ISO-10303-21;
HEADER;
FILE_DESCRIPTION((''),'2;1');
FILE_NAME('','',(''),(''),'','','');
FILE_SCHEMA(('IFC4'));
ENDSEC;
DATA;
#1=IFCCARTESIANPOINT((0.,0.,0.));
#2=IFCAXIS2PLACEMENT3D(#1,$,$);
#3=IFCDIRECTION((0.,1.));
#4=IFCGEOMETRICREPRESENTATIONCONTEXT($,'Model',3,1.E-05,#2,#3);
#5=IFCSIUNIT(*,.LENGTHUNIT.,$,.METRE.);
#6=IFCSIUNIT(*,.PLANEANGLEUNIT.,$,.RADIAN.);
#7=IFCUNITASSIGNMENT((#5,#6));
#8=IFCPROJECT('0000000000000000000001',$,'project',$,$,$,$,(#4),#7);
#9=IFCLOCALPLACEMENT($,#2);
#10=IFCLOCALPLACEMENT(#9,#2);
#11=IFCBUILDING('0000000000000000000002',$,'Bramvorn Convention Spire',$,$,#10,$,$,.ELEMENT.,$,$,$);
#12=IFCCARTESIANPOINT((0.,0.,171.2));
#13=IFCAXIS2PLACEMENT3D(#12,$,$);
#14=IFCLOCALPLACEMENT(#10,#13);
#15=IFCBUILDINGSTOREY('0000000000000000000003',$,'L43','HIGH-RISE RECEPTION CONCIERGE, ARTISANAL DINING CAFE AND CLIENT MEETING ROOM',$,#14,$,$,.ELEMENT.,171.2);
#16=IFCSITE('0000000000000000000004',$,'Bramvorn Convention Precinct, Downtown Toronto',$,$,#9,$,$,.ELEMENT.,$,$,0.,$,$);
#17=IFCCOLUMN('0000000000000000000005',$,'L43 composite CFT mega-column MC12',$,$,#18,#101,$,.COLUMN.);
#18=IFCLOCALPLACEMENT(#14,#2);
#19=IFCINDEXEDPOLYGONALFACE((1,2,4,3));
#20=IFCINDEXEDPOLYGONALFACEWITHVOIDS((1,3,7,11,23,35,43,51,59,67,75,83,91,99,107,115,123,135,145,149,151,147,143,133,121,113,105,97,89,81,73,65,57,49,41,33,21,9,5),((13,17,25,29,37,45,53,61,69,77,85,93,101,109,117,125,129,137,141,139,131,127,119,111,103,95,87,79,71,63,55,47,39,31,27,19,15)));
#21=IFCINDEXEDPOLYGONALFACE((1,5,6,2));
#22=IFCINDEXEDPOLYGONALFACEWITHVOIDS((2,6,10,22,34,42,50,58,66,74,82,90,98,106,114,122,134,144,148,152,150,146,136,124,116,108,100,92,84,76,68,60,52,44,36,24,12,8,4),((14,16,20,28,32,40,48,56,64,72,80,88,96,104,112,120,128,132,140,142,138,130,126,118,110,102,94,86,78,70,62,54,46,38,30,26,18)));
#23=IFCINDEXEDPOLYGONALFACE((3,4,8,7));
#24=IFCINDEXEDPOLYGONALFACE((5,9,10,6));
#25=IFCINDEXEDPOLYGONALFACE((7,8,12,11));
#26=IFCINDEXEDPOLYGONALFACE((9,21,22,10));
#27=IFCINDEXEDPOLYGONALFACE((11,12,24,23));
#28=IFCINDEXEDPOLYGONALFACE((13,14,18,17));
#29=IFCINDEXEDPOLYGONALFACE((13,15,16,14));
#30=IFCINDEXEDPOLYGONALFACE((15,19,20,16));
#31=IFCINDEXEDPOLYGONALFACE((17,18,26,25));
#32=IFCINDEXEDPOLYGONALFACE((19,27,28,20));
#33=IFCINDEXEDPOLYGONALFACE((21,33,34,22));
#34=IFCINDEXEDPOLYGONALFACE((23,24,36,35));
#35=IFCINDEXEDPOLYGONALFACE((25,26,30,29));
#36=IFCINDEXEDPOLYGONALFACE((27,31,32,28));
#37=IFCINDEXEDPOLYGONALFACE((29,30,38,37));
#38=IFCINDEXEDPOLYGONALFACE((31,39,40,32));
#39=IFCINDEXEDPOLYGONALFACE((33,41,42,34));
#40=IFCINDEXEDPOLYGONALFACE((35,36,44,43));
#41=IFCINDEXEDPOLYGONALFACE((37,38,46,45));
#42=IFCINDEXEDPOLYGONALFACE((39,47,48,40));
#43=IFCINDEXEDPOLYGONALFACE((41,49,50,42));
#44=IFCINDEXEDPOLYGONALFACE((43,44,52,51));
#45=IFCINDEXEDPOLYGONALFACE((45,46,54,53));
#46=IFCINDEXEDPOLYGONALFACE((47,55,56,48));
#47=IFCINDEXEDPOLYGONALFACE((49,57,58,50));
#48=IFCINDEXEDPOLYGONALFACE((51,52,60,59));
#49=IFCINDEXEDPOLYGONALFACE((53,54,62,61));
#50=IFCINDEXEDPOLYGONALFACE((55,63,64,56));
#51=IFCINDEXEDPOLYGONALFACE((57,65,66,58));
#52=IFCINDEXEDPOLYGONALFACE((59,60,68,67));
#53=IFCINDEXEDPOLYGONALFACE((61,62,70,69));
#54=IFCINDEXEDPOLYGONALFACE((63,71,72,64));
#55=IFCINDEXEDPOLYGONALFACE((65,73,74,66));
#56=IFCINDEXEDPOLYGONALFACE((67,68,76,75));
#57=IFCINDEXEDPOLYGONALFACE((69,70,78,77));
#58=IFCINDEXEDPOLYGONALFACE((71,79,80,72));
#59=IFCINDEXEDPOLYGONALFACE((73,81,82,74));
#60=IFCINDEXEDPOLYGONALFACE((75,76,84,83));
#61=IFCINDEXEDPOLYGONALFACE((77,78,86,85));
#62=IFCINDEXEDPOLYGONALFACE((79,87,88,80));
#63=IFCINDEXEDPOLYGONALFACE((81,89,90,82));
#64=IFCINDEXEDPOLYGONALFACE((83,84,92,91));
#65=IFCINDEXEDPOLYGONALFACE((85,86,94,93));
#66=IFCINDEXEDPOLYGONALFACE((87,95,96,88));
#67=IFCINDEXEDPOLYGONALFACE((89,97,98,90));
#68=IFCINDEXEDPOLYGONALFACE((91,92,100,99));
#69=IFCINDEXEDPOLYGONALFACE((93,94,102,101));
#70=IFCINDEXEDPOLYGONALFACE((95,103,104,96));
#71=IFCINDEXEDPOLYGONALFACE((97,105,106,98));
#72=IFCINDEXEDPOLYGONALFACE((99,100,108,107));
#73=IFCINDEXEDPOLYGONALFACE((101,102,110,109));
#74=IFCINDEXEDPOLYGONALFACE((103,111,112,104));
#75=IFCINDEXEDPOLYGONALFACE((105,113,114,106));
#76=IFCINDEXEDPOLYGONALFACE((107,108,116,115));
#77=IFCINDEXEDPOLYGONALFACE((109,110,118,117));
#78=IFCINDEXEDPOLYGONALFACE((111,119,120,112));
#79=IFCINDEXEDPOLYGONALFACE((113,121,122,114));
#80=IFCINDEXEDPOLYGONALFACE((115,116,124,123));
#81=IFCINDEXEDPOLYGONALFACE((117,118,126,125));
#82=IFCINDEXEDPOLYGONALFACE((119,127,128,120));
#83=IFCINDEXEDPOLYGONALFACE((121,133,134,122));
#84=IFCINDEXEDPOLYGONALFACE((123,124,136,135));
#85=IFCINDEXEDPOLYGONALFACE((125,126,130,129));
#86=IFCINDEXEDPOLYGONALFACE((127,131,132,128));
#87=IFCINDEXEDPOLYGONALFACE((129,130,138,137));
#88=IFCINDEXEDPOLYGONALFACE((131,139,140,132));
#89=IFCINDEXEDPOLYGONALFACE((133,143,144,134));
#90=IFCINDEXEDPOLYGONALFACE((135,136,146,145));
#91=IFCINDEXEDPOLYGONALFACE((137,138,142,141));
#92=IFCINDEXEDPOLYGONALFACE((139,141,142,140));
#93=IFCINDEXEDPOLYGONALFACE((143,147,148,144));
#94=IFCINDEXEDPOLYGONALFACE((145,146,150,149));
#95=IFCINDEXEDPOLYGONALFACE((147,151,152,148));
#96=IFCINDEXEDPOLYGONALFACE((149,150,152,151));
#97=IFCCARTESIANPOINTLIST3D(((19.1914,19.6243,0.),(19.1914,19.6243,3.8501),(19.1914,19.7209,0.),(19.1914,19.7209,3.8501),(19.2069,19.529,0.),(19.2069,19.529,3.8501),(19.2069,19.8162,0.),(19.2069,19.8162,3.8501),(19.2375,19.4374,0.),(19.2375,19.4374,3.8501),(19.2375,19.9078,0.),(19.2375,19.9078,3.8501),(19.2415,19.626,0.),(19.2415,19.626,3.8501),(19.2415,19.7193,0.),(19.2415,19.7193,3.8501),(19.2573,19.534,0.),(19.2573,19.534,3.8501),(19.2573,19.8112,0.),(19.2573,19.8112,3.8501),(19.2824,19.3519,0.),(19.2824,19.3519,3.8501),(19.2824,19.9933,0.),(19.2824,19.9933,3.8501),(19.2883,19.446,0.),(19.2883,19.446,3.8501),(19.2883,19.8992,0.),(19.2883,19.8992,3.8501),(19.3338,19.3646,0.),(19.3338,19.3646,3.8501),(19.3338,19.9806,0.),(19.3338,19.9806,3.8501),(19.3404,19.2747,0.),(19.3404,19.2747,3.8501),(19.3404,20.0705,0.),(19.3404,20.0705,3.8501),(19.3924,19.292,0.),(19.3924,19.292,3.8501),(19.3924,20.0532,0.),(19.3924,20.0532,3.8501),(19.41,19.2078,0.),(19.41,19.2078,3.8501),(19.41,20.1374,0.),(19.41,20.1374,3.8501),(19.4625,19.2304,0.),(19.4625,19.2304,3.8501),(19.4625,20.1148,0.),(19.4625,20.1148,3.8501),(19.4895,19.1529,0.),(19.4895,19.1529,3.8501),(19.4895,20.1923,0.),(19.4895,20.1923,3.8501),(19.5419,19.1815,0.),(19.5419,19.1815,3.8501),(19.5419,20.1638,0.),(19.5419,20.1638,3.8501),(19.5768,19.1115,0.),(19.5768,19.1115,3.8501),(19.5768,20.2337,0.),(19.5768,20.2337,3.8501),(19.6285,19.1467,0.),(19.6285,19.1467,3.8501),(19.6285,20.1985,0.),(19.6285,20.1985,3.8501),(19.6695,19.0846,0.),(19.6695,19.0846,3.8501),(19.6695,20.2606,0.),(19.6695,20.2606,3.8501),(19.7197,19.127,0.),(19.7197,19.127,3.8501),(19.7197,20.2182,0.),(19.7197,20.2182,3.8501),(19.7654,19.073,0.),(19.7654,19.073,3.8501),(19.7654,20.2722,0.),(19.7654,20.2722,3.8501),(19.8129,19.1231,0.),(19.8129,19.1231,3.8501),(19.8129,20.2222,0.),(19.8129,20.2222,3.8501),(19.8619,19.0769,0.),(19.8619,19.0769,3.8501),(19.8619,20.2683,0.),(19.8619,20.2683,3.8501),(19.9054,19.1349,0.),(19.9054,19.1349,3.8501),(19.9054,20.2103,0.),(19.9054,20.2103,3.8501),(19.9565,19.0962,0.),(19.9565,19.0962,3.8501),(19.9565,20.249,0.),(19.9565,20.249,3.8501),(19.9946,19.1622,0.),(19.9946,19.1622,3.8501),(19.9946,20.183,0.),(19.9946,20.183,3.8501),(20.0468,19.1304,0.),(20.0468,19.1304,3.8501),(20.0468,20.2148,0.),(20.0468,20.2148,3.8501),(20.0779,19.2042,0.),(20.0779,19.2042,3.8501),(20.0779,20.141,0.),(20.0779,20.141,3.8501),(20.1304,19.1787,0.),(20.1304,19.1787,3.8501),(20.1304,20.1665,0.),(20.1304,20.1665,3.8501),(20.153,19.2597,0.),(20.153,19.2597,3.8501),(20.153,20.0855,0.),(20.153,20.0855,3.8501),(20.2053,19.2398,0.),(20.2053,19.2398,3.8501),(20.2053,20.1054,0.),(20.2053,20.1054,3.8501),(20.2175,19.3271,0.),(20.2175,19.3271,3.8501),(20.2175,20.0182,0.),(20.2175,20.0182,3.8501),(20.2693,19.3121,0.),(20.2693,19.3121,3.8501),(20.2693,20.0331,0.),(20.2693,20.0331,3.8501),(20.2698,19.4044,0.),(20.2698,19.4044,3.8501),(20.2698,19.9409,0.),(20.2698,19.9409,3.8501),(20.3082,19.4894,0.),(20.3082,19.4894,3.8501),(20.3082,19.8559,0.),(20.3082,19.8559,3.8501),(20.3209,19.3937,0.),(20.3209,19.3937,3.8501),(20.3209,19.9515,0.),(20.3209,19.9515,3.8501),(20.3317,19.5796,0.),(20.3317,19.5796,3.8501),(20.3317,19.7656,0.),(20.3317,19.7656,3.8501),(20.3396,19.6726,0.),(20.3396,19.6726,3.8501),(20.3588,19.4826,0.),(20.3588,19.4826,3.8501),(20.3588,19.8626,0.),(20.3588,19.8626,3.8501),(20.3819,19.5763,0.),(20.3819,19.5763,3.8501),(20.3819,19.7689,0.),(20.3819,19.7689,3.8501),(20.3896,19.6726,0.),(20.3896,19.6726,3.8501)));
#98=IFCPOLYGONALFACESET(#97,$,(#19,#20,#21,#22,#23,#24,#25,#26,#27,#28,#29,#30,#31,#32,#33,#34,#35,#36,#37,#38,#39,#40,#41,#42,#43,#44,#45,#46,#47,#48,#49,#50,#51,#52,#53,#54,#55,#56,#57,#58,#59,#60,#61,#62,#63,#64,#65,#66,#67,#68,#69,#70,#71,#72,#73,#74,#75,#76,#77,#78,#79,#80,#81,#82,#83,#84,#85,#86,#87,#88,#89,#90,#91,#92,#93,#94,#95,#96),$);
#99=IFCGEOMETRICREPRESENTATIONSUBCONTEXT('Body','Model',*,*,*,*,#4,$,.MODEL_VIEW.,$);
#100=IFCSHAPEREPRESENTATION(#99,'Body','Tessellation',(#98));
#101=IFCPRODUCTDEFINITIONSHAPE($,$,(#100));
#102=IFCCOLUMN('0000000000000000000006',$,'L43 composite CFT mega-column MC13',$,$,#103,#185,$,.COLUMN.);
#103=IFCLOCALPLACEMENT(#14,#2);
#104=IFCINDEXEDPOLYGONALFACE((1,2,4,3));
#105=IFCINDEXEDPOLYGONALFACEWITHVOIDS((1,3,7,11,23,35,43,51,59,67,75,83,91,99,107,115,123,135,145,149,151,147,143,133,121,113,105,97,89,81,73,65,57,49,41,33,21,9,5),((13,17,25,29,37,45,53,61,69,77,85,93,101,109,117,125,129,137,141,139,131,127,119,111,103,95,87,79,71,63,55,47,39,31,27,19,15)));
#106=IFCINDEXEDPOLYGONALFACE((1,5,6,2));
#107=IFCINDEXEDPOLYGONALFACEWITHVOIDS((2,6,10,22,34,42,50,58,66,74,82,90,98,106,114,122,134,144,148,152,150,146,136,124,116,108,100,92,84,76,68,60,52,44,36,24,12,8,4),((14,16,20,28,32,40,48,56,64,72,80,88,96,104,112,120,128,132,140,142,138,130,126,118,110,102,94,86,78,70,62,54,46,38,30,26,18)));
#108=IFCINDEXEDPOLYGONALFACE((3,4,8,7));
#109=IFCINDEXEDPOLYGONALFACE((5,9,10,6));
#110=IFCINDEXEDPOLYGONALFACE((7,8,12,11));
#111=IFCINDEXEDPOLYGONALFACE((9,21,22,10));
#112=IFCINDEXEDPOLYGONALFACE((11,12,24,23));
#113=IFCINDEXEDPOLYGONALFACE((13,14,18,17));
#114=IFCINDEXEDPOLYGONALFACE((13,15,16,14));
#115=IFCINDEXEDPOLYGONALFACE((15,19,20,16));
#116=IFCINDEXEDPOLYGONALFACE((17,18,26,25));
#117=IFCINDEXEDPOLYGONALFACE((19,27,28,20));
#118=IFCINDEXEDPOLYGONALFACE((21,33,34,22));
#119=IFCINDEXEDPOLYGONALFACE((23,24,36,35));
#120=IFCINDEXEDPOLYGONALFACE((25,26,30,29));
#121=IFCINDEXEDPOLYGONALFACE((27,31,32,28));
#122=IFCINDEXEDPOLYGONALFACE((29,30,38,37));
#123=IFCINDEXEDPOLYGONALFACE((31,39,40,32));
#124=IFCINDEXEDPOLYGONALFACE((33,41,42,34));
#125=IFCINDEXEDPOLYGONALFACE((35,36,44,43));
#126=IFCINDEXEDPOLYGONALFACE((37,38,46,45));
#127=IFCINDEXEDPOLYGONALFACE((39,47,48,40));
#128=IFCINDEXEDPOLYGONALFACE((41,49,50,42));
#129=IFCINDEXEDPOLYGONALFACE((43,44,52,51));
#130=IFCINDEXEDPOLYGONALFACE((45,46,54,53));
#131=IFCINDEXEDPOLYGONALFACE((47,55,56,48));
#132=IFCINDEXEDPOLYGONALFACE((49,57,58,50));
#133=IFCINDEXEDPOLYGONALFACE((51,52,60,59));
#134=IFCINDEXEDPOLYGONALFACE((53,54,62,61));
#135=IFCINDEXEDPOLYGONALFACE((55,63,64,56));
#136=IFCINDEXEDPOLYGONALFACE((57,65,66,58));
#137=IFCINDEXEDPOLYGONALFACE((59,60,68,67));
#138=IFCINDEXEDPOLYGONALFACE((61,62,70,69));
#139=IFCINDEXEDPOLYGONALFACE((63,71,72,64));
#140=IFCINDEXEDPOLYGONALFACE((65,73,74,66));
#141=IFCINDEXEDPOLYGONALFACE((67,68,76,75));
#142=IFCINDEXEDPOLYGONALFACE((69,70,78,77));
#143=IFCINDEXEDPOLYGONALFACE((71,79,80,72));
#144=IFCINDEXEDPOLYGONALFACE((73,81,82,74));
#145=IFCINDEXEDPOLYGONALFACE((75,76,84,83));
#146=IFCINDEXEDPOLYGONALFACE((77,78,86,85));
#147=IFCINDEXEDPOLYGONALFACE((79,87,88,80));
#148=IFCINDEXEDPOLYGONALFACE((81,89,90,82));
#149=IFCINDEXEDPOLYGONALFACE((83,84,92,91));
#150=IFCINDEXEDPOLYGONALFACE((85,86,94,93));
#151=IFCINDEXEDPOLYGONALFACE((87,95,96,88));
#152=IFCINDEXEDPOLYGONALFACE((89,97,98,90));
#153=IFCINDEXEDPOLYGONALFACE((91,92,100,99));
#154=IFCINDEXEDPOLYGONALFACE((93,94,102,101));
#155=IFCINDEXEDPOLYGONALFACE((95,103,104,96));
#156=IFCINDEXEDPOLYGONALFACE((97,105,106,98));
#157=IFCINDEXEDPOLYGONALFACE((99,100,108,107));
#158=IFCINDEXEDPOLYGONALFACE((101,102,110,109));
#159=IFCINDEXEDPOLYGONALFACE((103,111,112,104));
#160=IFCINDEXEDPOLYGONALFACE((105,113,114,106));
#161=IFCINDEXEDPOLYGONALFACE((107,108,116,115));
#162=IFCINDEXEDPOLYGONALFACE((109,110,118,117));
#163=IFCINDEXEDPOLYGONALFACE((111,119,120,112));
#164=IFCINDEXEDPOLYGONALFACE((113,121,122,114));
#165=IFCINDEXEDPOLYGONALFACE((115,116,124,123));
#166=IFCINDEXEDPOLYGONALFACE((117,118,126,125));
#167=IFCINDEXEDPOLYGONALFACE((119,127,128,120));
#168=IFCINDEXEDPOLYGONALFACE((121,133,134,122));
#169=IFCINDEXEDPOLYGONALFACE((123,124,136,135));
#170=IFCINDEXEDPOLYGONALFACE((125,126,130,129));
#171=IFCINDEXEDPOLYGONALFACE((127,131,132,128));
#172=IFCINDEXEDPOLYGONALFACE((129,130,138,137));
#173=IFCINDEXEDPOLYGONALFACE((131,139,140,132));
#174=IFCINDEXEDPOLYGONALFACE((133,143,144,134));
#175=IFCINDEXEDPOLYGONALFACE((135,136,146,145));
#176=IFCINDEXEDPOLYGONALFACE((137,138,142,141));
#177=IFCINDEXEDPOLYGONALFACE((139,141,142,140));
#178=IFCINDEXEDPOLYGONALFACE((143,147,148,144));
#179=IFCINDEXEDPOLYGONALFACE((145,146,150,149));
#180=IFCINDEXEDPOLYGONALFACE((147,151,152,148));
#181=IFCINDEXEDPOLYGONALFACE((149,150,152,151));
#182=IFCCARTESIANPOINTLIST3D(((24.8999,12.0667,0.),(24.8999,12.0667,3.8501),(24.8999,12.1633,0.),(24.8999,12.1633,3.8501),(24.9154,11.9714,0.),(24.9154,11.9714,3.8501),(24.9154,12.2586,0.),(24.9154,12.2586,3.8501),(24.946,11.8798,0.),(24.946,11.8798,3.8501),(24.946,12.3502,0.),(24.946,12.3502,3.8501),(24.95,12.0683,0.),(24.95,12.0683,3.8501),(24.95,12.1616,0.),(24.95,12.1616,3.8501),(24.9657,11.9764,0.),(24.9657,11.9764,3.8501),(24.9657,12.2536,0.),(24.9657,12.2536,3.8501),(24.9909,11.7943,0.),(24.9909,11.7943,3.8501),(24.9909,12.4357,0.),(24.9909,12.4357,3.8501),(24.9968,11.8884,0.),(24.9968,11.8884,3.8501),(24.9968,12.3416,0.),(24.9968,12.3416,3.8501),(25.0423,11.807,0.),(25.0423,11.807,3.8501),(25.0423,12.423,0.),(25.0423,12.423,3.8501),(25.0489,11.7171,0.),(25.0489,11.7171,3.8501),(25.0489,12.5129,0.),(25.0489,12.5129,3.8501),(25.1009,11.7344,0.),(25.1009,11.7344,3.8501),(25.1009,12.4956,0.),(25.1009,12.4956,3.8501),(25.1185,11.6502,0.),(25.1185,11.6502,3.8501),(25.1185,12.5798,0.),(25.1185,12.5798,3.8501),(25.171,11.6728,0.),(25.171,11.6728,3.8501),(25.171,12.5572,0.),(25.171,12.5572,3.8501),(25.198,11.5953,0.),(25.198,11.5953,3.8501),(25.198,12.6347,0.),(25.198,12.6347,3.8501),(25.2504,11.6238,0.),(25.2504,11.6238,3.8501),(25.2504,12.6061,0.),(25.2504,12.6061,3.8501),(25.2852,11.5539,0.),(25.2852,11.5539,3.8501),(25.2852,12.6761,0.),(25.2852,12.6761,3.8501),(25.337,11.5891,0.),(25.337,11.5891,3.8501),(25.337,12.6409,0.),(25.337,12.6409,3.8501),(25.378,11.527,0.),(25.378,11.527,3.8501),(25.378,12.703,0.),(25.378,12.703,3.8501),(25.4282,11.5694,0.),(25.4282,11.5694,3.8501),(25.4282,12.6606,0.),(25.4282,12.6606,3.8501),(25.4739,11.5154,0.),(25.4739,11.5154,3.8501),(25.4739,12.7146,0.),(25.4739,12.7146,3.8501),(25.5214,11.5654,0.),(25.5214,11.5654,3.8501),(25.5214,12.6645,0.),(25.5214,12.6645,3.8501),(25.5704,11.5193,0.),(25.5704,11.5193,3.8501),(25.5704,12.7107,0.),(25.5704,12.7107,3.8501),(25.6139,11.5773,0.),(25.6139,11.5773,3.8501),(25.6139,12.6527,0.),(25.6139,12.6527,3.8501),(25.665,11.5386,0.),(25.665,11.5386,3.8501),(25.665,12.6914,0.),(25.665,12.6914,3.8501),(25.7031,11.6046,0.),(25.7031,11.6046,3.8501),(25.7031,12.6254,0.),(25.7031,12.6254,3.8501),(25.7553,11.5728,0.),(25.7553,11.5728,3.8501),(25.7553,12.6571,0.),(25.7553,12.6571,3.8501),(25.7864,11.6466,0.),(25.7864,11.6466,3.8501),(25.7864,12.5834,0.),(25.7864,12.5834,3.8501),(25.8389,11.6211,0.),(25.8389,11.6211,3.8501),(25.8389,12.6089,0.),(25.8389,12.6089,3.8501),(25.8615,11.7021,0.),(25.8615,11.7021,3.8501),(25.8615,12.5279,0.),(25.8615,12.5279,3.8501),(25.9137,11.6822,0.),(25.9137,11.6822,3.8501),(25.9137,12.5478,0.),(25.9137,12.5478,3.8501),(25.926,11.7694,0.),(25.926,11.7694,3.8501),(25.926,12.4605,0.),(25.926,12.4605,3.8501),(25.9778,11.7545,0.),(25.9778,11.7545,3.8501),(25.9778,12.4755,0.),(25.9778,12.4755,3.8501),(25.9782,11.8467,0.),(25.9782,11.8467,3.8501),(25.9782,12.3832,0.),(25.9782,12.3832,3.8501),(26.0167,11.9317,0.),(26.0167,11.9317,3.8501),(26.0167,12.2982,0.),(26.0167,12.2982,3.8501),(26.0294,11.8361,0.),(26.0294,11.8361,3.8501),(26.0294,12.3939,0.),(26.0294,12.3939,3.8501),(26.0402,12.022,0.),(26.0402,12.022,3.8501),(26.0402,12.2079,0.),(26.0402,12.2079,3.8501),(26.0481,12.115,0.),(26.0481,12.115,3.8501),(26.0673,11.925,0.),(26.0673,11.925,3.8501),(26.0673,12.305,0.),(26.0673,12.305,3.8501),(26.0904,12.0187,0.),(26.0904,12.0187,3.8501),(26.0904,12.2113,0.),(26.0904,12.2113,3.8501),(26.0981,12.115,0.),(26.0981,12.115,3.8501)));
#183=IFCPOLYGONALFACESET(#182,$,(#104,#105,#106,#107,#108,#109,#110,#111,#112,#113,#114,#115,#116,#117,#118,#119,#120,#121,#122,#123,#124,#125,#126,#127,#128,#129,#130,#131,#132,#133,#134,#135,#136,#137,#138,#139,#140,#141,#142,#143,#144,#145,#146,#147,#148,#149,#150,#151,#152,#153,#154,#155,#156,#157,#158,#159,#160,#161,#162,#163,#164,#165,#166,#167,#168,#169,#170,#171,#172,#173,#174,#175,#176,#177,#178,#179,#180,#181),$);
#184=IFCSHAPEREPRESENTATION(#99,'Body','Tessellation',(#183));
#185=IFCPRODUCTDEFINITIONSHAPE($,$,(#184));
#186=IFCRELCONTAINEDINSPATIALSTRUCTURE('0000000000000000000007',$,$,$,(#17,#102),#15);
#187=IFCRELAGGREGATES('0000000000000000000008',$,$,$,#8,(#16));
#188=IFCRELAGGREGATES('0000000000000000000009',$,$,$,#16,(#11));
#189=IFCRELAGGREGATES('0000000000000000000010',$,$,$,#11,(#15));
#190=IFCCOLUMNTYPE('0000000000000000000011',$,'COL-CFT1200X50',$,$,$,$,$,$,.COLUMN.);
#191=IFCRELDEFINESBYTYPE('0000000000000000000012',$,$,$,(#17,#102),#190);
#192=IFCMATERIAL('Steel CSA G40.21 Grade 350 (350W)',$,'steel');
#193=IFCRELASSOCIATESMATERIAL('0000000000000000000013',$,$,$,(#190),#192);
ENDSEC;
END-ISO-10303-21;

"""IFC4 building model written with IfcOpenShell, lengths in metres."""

from ifc_helpers import new_model, si_unit, direction, frame, origin, origin_2d, place, context, subcontext, project, spatial, hollow_circle, extrude, material, material_profile, profile_set, type_object, element, save


model = new_model("IFC4")

# Units and contexts
model_context = context("Model", 3, precision=1e-05, world=origin(), true_north=direction((0.0, 1.0)))
body_context = subcontext(model_context, "Body", "Model", "MODEL_VIEW")
ifc_project = project(units=[si_unit("LENGTHUNIT", "METRE"), si_unit("PLANEANGLEUNIT", "RADIAN")], contexts=[model_context])

# Site, building, storey
site_placement = place(None, origin())
site = spatial("IfcSite", under=ifc_project, at=site_placement, Name="Bramvorn Convention Precinct, Downtown Toronto", CompositionType="ELEMENT", RefElevation=0.0)
building_placement = place(site_placement, origin())
building = spatial("IfcBuilding", under=site, at=building_placement, Name="Bramvorn Convention Spire", CompositionType="ELEMENT")
storey_placement = place(building_placement, frame((0.0, 0.0, 171.2)))
storey = spatial("IfcBuildingStorey", under=building, at=storey_placement, Name="L43", Description="HIGH-RISE RECEPTION CONCIERGE, ARTISANAL DINING CAFE AND CLIENT MEETING ROOM", CompositionType="ELEMENT", Elevation=171.2)

# Columns
ifc_material_1 = material(Name="Steel CSA G40.21 Grade 350 (350W)", Category="steel")
ifc_material_profile_1 = material_profile(ifc_material_1, hollow_circle(Radius=0.6001, WallThickness=0.05, at=origin_2d()))
ifc_profile_set_1 = profile_set([ifc_material_profile_1], Name="Steel CSA G40.21 Grade 350 (350W) - CFT1200X50")
column_type = type_object("IfcColumnType", Name="COL-CFT1200X50", PredefinedType="COLUMN", material=ifc_profile_set_1)
for number, where, z_axis, x_axis, name in (
    (1, (19.7896, 19.6726, 0.0), (0.0, 0.0, 1.0), (1.0, 0.0, 0.0), "L43 composite CFT mega-column MC12"),
    (2, (25.498, 12.115, 0.0), (0.0, 0.0, 1.0), (1.0, 0.0, 0.0), "L43 composite CFT mega-column MC13"),
):
    element("IfcColumn", number, at=place(storey_placement, frame(where, z_axis=z_axis, x_axis=x_axis)), inside=storey, type_object=column_type, Name=name, PredefinedType="COLUMN", context=body_context, shape_type="SweptSolid", body=[
        extrude(hollow_circle(Radius=0.6001, WallThickness=0.05, at=origin_2d()), origin(), (0.0, 0.0, 1.0), 3.8501),
    ])

save(model, "model.ifc")
